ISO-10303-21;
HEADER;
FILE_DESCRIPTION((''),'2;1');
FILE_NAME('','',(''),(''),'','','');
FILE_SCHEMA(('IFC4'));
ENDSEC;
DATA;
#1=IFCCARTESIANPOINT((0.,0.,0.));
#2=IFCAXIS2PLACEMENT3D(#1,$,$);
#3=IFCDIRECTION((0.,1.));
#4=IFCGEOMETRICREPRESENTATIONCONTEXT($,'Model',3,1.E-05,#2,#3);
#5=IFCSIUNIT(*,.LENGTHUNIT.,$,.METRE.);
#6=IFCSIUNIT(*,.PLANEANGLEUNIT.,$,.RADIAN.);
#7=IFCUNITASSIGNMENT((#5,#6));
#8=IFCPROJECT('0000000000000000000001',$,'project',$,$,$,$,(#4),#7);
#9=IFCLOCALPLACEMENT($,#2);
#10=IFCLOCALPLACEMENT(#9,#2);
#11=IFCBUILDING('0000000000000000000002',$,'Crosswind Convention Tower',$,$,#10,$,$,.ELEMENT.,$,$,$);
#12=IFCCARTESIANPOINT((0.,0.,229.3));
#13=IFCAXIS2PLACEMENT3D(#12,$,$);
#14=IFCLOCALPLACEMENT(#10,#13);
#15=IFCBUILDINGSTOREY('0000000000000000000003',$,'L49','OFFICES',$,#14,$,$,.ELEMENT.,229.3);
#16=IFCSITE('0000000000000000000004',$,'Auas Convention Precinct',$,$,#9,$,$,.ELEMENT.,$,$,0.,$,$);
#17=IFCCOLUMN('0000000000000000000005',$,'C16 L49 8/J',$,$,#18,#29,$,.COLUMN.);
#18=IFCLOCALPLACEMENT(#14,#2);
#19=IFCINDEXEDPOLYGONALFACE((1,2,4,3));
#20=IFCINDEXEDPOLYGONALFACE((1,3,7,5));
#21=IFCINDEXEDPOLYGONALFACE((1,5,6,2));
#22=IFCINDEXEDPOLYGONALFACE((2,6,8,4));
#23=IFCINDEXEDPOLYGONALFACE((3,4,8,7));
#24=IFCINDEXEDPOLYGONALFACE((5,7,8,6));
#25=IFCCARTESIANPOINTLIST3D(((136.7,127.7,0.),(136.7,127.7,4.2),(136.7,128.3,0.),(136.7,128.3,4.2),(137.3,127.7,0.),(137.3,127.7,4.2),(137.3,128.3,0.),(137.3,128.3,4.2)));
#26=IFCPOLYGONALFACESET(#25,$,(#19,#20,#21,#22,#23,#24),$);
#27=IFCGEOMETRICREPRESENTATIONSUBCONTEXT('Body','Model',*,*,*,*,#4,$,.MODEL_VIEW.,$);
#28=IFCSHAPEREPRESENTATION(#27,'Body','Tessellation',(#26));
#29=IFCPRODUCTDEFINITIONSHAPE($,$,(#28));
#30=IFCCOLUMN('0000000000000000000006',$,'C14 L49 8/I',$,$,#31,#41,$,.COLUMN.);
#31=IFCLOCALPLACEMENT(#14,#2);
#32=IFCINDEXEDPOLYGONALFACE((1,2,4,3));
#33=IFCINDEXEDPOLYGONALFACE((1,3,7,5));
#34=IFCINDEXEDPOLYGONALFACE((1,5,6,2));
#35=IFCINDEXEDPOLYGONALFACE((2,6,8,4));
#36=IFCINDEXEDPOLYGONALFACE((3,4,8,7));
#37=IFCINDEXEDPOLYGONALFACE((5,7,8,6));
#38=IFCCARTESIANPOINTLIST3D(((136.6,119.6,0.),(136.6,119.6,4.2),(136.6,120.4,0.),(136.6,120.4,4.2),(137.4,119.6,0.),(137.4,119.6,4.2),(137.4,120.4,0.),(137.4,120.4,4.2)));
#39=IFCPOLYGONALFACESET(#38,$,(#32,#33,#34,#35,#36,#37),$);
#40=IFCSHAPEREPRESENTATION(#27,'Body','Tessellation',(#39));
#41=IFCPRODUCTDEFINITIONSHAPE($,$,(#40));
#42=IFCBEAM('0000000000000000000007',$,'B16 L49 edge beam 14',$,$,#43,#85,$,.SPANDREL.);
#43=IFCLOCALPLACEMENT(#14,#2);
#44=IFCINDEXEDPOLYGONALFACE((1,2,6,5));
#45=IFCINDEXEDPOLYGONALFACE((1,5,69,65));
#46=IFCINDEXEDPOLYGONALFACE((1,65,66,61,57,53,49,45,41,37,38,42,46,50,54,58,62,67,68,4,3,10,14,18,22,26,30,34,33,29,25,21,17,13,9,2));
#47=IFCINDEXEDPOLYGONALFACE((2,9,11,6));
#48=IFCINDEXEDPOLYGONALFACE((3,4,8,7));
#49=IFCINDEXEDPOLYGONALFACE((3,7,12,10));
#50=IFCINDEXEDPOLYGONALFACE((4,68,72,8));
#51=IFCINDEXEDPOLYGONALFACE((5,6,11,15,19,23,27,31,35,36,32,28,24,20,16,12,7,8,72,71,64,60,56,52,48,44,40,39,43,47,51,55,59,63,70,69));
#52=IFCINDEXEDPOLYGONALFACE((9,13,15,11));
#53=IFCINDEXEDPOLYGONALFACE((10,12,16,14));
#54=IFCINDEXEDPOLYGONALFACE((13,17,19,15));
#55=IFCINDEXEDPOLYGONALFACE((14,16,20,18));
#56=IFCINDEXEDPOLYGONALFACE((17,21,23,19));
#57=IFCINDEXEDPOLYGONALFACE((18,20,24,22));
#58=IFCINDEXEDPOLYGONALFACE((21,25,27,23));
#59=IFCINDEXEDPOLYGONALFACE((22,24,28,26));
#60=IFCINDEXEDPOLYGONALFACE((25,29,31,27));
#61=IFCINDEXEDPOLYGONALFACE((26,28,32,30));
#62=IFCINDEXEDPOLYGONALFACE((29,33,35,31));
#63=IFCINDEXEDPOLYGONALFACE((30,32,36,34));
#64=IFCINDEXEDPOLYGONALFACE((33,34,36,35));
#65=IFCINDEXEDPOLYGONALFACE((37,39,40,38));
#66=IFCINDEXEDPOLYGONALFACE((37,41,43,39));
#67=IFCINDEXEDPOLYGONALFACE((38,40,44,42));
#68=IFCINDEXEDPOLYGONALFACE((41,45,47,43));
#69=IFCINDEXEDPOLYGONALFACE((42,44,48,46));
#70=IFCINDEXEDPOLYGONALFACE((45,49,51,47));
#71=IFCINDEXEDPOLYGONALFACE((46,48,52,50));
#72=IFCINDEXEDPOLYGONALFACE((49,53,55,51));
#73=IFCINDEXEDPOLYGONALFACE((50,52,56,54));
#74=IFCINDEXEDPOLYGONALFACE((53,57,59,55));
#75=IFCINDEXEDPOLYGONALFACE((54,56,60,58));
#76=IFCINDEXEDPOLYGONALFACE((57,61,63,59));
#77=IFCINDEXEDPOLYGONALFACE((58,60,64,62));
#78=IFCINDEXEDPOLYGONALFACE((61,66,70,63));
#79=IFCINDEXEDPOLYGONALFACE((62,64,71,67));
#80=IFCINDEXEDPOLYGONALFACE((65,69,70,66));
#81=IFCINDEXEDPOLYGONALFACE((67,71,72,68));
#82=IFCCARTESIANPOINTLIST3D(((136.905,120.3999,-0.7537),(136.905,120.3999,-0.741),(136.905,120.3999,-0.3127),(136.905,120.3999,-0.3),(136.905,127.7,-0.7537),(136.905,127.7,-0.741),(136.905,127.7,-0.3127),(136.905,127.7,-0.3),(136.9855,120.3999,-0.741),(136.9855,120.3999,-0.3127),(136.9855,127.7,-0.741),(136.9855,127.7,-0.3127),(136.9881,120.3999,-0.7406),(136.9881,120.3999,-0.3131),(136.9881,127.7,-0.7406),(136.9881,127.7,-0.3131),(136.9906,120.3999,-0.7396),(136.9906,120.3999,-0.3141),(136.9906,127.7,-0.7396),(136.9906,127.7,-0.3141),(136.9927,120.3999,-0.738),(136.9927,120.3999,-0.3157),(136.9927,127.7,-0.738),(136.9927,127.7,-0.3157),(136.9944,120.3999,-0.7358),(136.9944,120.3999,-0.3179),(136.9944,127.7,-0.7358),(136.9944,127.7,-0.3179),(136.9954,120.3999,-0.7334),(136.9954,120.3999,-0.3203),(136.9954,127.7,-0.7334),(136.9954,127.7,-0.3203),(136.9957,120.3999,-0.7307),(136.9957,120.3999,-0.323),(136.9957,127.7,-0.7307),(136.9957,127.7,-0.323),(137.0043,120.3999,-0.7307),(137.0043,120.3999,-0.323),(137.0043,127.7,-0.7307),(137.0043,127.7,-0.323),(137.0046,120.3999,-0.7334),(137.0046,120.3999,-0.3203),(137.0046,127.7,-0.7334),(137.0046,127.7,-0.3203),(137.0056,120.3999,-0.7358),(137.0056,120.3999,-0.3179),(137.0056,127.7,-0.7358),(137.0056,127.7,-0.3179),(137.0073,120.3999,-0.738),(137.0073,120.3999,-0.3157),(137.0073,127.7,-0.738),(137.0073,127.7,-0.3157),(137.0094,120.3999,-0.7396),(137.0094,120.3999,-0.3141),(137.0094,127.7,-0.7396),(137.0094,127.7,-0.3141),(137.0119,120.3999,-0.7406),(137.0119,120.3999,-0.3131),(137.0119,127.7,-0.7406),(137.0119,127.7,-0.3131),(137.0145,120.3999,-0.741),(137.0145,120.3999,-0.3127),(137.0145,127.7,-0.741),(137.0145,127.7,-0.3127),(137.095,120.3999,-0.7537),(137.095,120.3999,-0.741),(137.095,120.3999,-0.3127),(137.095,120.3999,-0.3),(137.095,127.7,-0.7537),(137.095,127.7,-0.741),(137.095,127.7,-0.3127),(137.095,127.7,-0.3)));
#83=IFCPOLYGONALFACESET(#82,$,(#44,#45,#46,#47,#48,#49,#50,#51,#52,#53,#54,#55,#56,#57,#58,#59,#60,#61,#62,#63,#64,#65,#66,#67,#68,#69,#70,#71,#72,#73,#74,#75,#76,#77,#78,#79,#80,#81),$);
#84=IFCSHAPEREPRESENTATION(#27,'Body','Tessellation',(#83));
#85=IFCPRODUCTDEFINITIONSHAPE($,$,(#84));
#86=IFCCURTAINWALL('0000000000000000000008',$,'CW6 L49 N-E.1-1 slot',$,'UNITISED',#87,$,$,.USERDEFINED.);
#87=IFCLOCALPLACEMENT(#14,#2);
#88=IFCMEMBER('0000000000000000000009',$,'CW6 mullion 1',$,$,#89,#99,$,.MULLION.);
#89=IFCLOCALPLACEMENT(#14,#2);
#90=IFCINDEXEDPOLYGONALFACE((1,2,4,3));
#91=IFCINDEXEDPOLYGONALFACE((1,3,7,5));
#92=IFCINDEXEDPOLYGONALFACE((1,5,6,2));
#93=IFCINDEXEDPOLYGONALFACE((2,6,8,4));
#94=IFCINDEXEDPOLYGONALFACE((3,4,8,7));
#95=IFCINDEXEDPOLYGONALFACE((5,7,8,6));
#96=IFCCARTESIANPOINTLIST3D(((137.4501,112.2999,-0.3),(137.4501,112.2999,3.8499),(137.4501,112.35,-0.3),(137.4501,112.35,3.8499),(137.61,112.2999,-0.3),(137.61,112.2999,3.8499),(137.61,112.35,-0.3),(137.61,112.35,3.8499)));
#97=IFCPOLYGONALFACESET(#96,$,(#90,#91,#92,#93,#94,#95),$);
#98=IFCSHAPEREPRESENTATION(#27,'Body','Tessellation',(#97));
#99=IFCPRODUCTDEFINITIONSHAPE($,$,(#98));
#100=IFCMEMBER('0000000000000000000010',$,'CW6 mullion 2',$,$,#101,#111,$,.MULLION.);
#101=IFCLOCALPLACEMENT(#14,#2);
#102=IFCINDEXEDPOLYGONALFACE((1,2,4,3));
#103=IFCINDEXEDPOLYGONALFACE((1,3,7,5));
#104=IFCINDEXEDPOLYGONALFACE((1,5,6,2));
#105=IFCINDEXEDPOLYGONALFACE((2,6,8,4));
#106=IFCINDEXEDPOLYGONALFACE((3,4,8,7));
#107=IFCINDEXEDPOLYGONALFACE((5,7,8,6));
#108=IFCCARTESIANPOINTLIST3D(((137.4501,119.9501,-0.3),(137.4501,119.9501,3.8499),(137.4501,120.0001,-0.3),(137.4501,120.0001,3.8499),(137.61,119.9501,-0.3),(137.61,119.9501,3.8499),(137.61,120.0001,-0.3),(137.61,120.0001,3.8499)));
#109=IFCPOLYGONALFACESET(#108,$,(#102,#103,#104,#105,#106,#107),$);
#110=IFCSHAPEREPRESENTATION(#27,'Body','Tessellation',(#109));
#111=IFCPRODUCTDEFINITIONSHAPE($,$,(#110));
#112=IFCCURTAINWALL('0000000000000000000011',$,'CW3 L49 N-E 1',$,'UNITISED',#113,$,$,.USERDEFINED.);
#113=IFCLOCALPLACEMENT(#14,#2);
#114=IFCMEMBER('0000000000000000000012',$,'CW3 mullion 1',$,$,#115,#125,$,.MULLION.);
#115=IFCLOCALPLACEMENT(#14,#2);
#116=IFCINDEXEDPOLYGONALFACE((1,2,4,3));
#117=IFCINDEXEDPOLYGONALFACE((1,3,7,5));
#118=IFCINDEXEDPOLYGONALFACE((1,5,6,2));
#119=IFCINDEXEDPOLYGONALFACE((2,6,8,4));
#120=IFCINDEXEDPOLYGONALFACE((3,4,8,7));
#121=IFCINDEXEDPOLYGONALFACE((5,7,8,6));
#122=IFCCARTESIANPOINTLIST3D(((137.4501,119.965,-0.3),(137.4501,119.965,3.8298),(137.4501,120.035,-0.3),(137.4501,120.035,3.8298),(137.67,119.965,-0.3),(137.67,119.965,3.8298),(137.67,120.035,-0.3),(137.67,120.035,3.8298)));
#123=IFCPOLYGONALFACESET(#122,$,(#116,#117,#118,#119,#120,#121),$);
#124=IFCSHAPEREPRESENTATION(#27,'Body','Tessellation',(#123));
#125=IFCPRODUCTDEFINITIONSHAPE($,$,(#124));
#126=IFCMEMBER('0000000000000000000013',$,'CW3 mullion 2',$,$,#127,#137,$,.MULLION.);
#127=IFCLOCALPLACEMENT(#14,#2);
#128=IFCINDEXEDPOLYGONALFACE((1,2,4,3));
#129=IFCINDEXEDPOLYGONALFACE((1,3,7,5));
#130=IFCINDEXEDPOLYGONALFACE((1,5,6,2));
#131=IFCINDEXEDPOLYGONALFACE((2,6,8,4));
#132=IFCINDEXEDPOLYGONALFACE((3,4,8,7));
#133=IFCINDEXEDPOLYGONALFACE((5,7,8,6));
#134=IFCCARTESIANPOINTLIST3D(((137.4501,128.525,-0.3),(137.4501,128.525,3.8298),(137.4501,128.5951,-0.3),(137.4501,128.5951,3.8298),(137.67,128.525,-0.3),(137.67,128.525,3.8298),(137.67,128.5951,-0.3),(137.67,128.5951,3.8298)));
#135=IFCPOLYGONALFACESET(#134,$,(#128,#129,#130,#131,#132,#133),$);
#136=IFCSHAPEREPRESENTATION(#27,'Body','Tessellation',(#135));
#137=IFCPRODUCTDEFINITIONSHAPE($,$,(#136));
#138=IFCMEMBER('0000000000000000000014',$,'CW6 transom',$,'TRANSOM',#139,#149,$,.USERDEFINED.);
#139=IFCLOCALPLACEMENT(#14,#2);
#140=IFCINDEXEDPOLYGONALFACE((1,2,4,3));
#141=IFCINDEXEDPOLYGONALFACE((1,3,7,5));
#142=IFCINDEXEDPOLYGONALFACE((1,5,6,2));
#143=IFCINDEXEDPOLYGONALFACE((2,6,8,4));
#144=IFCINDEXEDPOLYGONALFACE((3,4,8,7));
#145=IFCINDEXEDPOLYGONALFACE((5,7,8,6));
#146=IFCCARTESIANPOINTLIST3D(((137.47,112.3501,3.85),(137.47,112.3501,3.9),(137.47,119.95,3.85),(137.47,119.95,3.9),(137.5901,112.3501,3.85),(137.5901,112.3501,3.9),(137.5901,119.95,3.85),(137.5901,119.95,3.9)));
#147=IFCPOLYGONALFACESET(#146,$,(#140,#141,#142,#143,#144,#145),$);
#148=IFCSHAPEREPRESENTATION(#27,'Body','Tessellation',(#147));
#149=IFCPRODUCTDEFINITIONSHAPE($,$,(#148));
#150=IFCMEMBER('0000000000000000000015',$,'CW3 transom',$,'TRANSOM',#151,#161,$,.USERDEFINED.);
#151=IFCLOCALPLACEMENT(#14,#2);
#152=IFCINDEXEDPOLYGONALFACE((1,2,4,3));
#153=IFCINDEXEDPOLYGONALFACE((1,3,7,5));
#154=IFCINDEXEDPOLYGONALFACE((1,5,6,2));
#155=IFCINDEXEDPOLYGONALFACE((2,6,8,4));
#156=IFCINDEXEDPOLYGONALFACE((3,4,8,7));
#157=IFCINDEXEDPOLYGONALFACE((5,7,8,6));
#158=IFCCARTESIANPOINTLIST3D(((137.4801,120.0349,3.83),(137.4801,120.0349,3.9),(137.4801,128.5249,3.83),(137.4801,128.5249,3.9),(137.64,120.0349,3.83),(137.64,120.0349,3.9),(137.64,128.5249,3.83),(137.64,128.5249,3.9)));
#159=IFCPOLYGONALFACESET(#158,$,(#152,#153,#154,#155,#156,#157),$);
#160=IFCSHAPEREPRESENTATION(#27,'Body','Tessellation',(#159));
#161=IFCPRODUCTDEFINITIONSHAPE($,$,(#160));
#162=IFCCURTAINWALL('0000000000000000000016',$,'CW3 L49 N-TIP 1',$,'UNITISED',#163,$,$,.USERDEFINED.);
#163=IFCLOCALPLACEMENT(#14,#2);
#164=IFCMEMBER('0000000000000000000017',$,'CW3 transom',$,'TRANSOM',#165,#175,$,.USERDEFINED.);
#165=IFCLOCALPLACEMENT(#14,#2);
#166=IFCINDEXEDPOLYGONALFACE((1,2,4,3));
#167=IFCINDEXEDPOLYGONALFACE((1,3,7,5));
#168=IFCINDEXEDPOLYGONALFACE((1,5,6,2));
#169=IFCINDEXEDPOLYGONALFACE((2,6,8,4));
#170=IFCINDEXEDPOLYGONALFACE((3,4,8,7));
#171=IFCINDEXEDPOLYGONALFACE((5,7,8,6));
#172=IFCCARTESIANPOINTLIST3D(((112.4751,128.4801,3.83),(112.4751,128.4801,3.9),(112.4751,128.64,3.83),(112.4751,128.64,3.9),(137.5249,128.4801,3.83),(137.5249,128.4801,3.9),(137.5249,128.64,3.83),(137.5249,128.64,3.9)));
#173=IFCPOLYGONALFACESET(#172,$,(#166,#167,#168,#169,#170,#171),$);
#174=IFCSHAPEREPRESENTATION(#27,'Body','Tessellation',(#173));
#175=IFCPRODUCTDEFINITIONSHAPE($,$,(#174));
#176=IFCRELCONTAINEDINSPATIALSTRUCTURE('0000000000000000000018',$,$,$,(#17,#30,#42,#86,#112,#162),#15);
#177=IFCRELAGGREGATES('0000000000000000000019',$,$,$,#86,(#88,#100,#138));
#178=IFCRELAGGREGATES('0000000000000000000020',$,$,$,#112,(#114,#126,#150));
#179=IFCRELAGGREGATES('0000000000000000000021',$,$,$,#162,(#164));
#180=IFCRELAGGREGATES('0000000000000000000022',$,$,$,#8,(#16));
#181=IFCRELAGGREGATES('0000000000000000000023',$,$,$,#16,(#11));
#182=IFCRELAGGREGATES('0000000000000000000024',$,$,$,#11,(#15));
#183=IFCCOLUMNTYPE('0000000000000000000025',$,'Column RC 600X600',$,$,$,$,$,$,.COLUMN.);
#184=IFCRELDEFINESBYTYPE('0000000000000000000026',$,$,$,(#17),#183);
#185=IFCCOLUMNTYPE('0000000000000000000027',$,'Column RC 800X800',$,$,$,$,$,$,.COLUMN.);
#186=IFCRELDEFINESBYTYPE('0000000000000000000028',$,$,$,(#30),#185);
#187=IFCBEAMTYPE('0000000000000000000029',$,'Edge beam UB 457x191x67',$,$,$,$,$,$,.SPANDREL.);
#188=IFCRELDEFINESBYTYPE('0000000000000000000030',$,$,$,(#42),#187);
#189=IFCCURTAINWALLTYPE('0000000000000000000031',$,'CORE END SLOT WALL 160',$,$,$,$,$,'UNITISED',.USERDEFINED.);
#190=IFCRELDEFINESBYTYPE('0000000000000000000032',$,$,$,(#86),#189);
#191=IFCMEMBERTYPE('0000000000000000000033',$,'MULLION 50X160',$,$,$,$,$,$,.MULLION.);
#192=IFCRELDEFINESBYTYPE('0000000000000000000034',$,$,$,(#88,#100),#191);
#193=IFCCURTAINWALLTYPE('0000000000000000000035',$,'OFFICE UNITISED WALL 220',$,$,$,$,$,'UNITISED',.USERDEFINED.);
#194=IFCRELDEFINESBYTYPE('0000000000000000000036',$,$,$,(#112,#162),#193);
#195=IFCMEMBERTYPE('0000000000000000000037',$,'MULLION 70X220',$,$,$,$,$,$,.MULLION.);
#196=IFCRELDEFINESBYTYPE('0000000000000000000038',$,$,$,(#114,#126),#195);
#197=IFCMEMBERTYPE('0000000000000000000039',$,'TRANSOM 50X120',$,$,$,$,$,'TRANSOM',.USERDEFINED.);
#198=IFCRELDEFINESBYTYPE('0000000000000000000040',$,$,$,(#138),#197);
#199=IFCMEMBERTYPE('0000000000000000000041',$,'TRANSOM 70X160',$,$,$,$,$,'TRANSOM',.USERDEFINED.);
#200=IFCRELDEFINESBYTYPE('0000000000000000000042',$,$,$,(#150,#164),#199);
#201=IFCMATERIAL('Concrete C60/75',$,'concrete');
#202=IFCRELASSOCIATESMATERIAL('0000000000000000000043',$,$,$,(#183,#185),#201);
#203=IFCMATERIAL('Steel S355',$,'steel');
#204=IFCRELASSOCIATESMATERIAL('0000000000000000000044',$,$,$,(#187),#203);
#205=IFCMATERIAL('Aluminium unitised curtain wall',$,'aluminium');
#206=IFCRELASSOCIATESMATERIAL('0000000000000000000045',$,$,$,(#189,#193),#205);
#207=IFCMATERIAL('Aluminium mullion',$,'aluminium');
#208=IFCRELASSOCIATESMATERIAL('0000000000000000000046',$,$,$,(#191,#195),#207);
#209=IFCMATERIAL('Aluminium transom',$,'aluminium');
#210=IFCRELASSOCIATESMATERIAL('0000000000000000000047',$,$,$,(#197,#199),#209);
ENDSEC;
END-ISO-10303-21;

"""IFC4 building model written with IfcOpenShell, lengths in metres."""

from ifc_helpers import new_model, si_unit, direction, frame, origin, origin_2d, place, context, subcontext, project, spatial, rectangle, i_section, extrude, material, material_profile, profile_set, type_object, element, aggregate, save


model = new_model("IFC4")

# Units and contexts
model_context = context("Model", 3, precision=1e-05, world=origin(), true_north=direction((0.0, 1.0)))
body_context = subcontext(model_context, "Body", "Model", "MODEL_VIEW")
ifc_project = project(units=[si_unit("LENGTHUNIT", "METRE"), si_unit("PLANEANGLEUNIT", "RADIAN")], contexts=[model_context])

# Site, building, storey
site_placement = place(None, origin())
site = spatial("IfcSite", under=ifc_project, at=site_placement, Name="Auas Convention Precinct", CompositionType="ELEMENT", RefElevation=0.0)
building_placement = place(site_placement, origin())
building = spatial("IfcBuilding", under=site, at=building_placement, Name="Crosswind Convention Tower", CompositionType="ELEMENT")
storey_placement = place(building_placement, frame((0.0, 0.0, 229.3)))
storey = spatial("IfcBuildingStorey", under=building, at=storey_placement, Name="L49", Description="OFFICES", CompositionType="ELEMENT", Elevation=229.3)

# Columns
ifc_material_1 = material(Name="Concrete C60/75", Category="concrete")
ifc_material_profile_1 = material_profile(ifc_material_1, rectangle(XDim=0.6001, YDim=0.6001, at=origin_2d()), Name="RC 600X600")
ifc_profile_set_1 = profile_set([ifc_material_profile_1], Name="Concrete C60/75")
column_type_1 = type_object("IfcColumnType", Name="Column RC 600X600", PredefinedType="COLUMN", material=ifc_profile_set_1)
column_1_placement = place(storey_placement, frame((137.0, 128.0, 0.0), z_axis=(0.0, 0.0, 1.0), x_axis=(1.0, 0.0, 0.0)))
element("IfcColumn", 1, at=column_1_placement, inside=storey, type_object=column_type_1, Name="C16 L49 8/J", PredefinedType="COLUMN", context=body_context, shape_type="SweptSolid", body=[
    extrude(rectangle(XDim=0.6001, YDim=0.6001, at=origin_2d()), origin(), (0.0, 0.0, 1.0), 4.2),
])
ifc_material_profile_2 = material_profile(ifc_material_1, rectangle(XDim=0.8, YDim=0.8, at=origin_2d()), Name="RC 800X800")
ifc_profile_set_2 = profile_set([ifc_material_profile_2], Name="Concrete C60/75")
column_type_2 = type_object("IfcColumnType", Name="Column RC 800X800", PredefinedType="COLUMN", material=ifc_profile_set_2)
column_2_placement = place(storey_placement, frame((137.0, 120.0, 0.0), z_axis=(0.0, 0.0, 1.0), x_axis=(1.0, 0.0, 0.0)))
element("IfcColumn", 2, at=column_2_placement, inside=storey, type_object=column_type_2, Name="C14 L49 8/I", PredefinedType="COLUMN", context=body_context, shape_type="SweptSolid", body=[
    extrude(rectangle(XDim=0.8, YDim=0.8, at=origin_2d()), origin(), (0.0, 0.0, 1.0), 4.2),
])

# Beam
ifc_material_2 = material(Name="Steel S355", Category="steel")
ifc_material_profile_3 = material_profile(ifc_material_2, i_section(OverallWidth=0.1899, OverallDepth=0.4536, WebThickness=0.0085, FlangeThickness=0.0127, FilletRadius=0.0103, at=origin_2d()), Name="UB 457x191x67")
ifc_profile_set_3 = profile_set([ifc_material_profile_3], Name="Steel S355")
beam_type = type_object("IfcBeamType", Name="Edge beam UB 457x191x67", PredefinedType="SPANDREL", material=ifc_profile_set_3)
beam_placement = place(storey_placement, frame((137.0, 120.3999, -0.5269), z_axis=(0.0, 1.0, 0.0), x_axis=(-1.0, 0.0, 0.0)))
element("IfcBeam", 3, at=beam_placement, inside=storey, type_object=beam_type, Name="B16 L49 edge beam 14", PredefinedType="SPANDREL", context=body_context, shape_type="SweptSolid", body=[
    extrude(i_section(OverallWidth=0.1899, OverallDepth=0.4536, WebThickness=0.0085, FlangeThickness=0.0127, FilletRadius=0.0103, at=origin_2d()), origin(), (0.0, 0.0, 1.0), 7.3),
])

# Curtain walls, members
ifc_material_3 = material(Name="Aluminium unitised curtain wall", Category="aluminium")
curtain_wall_type_1 = type_object("IfcCurtainWallType", Name="CORE END SLOT WALL 160", ElementType="UNITISED", PredefinedType="USERDEFINED", material=ifc_material_3)
curtain_wall_1_placement = place(storey_placement, origin())
curtain_wall_1 = element("IfcCurtainWall", 4, at=curtain_wall_1_placement, inside=storey, type_object=curtain_wall_type_1, Name="CW6 L49 N-E.1-1 slot", ObjectType="UNITISED", PredefinedType="USERDEFINED")
ifc_material_4 = material(Name="Aluminium mullion", Category="aluminium")
ifc_material_profile_4 = material_profile(ifc_material_4, rectangle(XDim=0.1599, YDim=0.05, at=origin_2d()), Name="AL 160X50")
ifc_profile_set_4 = profile_set([ifc_material_profile_4], Name="Aluminium mullion")
member_type_1 = type_object("IfcMemberType", Name="MULLION 50X160", PredefinedType="MULLION", material=ifc_profile_set_4)
member_1_placement = place(storey_placement, frame((137.53, 112.325, -0.3), z_axis=(0.0, 0.0, 1.0), x_axis=(1.0, 0.0, 0.0)))
member_1 = element("IfcMember", 5, at=member_1_placement, type_object=member_type_1, Name="CW6 mullion 1", PredefinedType="MULLION", context=body_context, shape_type="SweptSolid", body=[
    extrude(rectangle(XDim=0.1599, YDim=0.05, at=origin_2d()), origin(), (0.0, 0.0, 1.0), 4.1499),
])
member_2_placement = place(storey_placement, frame((137.53, 119.9751, -0.3), z_axis=(0.0, 0.0, 1.0), x_axis=(1.0, 0.0, 0.0)))
member_2 = element("IfcMember", 6, at=member_2_placement, type_object=member_type_1, Name="CW6 mullion 2", PredefinedType="MULLION", context=body_context, shape_type="SweptSolid", body=[
    extrude(rectangle(XDim=0.1599, YDim=0.05, at=origin_2d()), origin(), (0.0, 0.0, 1.0), 4.1499),
])
curtain_wall_type_2 = type_object("IfcCurtainWallType", Name="OFFICE UNITISED WALL 220", ElementType="UNITISED", PredefinedType="USERDEFINED", material=ifc_material_3)
curtain_wall_2_placement = place(storey_placement, origin())
curtain_wall_2 = element("IfcCurtainWall", 7, at=curtain_wall_2_placement, inside=storey, type_object=curtain_wall_type_2, Name="CW3 L49 N-E 1", ObjectType="UNITISED", PredefinedType="USERDEFINED")
ifc_material_profile_5 = material_profile(ifc_material_4, rectangle(XDim=0.22, YDim=0.0701, at=origin_2d()), Name="AL 220X70")
ifc_profile_set_5 = profile_set([ifc_material_profile_5], Name="Aluminium mullion")
member_type_2 = type_object("IfcMemberType", Name="MULLION 70X220", PredefinedType="MULLION", material=ifc_profile_set_5)
member_3_placement = place(storey_placement, frame((137.5601, 120.0, -0.3), z_axis=(0.0, 0.0, 1.0), x_axis=(1.0, 0.0, 0.0)))
member_3 = element("IfcMember", 8, at=member_3_placement, type_object=member_type_2, Name="CW3 mullion 1", PredefinedType="MULLION", context=body_context, shape_type="SweptSolid", body=[
    extrude(rectangle(XDim=0.22, YDim=0.0701, at=origin_2d()), origin(), (0.0, 0.0, 1.0), 4.1299),
])
member_4_placement = place(storey_placement, frame((137.5601, 128.5601, -0.3), z_axis=(0.0, 0.0, 1.0), x_axis=(1.0, 0.0, 0.0)))
member_4 = element("IfcMember", 9, at=member_4_placement, type_object=member_type_2, Name="CW3 mullion 2", PredefinedType="MULLION", context=body_context, shape_type="SweptSolid", body=[
    extrude(rectangle(XDim=0.22, YDim=0.0701, at=origin_2d()), origin(), (0.0, 0.0, 1.0), 4.1299),
])

# Members
ifc_material_5 = material(Name="Aluminium transom", Category="aluminium")
ifc_material_profile_6 = material_profile(ifc_material_5, rectangle(XDim=0.1201, YDim=0.05, at=origin_2d()), Name="AL 120X50")
ifc_profile_set_6 = profile_set([ifc_material_profile_6], Name="Aluminium transom")
member_type_3 = type_object("IfcMemberType", Name="TRANSOM 50X120", ElementType="TRANSOM", PredefinedType="USERDEFINED", material=ifc_profile_set_6)
member_5_placement = place(storey_placement, frame((137.53, 112.3501, 3.875), z_axis=(0.0, 1.0, 0.0), x_axis=(-1.0, 0.0, 0.0)))
member_5 = element("IfcMember", 10, at=member_5_placement, type_object=member_type_3, Name="CW6 transom", ObjectType="TRANSOM", PredefinedType="USERDEFINED", context=body_context, shape_type="SweptSolid", body=[
    extrude(rectangle(XDim=0.1201, YDim=0.05, at=origin_2d()), origin(), (0.0, 0.0, 1.0), 7.5999),
])
ifc_material_profile_7 = material_profile(ifc_material_5, rectangle(XDim=0.1599, YDim=0.0701, at=origin_2d()), Name="AL 160X70")
ifc_profile_set_7 = profile_set([ifc_material_profile_7], Name="Aluminium transom")
member_type_4 = type_object("IfcMemberType", Name="TRANSOM 70X160", ElementType="TRANSOM", PredefinedType="USERDEFINED", material=ifc_profile_set_7)
member_6_placement = place(storey_placement, frame((137.5601, 120.0349, 3.865), z_axis=(0.0, 1.0, 0.0), x_axis=(-1.0, 0.0, 0.0)))
member_6 = element("IfcMember", 11, at=member_6_placement, type_object=member_type_4, Name="CW3 transom", ObjectType="TRANSOM", PredefinedType="USERDEFINED", context=body_context, shape_type="SweptSolid", body=[
    extrude(rectangle(XDim=0.1599, YDim=0.0701, at=origin_2d()), origin(), (0.0, 0.0, 1.0), 8.49),
])

# Curtain wall, member
curtain_wall_3_placement = place(storey_placement, origin())
curtain_wall_3 = element("IfcCurtainWall", 12, at=curtain_wall_3_placement, inside=storey, type_object=curtain_wall_type_2, Name="CW3 L49 N-TIP 1", ObjectType="UNITISED", PredefinedType="USERDEFINED")
member_7_placement = place(storey_placement, frame((137.5249, 128.5601, 3.865), z_axis=(-1.0, 0.0, 0.0), x_axis=(0.0, -1.0, 0.0)))
member_7 = element("IfcMember", 13, at=member_7_placement, type_object=member_type_4, Name="CW3 transom", ObjectType="TRANSOM", PredefinedType="USERDEFINED", context=body_context, shape_type="SweptSolid", body=[
    extrude(rectangle(XDim=0.1599, YDim=0.0701, at=origin_2d()), origin(), (0.0, 0.0, 1.0), 25.0498),
])

aggregate(curtain_wall_1, [member_1, member_2, member_5])

aggregate(curtain_wall_2, [member_3, member_4, member_6])
aggregate(curtain_wall_3, [member_7])

save(model, "model.ifc")
